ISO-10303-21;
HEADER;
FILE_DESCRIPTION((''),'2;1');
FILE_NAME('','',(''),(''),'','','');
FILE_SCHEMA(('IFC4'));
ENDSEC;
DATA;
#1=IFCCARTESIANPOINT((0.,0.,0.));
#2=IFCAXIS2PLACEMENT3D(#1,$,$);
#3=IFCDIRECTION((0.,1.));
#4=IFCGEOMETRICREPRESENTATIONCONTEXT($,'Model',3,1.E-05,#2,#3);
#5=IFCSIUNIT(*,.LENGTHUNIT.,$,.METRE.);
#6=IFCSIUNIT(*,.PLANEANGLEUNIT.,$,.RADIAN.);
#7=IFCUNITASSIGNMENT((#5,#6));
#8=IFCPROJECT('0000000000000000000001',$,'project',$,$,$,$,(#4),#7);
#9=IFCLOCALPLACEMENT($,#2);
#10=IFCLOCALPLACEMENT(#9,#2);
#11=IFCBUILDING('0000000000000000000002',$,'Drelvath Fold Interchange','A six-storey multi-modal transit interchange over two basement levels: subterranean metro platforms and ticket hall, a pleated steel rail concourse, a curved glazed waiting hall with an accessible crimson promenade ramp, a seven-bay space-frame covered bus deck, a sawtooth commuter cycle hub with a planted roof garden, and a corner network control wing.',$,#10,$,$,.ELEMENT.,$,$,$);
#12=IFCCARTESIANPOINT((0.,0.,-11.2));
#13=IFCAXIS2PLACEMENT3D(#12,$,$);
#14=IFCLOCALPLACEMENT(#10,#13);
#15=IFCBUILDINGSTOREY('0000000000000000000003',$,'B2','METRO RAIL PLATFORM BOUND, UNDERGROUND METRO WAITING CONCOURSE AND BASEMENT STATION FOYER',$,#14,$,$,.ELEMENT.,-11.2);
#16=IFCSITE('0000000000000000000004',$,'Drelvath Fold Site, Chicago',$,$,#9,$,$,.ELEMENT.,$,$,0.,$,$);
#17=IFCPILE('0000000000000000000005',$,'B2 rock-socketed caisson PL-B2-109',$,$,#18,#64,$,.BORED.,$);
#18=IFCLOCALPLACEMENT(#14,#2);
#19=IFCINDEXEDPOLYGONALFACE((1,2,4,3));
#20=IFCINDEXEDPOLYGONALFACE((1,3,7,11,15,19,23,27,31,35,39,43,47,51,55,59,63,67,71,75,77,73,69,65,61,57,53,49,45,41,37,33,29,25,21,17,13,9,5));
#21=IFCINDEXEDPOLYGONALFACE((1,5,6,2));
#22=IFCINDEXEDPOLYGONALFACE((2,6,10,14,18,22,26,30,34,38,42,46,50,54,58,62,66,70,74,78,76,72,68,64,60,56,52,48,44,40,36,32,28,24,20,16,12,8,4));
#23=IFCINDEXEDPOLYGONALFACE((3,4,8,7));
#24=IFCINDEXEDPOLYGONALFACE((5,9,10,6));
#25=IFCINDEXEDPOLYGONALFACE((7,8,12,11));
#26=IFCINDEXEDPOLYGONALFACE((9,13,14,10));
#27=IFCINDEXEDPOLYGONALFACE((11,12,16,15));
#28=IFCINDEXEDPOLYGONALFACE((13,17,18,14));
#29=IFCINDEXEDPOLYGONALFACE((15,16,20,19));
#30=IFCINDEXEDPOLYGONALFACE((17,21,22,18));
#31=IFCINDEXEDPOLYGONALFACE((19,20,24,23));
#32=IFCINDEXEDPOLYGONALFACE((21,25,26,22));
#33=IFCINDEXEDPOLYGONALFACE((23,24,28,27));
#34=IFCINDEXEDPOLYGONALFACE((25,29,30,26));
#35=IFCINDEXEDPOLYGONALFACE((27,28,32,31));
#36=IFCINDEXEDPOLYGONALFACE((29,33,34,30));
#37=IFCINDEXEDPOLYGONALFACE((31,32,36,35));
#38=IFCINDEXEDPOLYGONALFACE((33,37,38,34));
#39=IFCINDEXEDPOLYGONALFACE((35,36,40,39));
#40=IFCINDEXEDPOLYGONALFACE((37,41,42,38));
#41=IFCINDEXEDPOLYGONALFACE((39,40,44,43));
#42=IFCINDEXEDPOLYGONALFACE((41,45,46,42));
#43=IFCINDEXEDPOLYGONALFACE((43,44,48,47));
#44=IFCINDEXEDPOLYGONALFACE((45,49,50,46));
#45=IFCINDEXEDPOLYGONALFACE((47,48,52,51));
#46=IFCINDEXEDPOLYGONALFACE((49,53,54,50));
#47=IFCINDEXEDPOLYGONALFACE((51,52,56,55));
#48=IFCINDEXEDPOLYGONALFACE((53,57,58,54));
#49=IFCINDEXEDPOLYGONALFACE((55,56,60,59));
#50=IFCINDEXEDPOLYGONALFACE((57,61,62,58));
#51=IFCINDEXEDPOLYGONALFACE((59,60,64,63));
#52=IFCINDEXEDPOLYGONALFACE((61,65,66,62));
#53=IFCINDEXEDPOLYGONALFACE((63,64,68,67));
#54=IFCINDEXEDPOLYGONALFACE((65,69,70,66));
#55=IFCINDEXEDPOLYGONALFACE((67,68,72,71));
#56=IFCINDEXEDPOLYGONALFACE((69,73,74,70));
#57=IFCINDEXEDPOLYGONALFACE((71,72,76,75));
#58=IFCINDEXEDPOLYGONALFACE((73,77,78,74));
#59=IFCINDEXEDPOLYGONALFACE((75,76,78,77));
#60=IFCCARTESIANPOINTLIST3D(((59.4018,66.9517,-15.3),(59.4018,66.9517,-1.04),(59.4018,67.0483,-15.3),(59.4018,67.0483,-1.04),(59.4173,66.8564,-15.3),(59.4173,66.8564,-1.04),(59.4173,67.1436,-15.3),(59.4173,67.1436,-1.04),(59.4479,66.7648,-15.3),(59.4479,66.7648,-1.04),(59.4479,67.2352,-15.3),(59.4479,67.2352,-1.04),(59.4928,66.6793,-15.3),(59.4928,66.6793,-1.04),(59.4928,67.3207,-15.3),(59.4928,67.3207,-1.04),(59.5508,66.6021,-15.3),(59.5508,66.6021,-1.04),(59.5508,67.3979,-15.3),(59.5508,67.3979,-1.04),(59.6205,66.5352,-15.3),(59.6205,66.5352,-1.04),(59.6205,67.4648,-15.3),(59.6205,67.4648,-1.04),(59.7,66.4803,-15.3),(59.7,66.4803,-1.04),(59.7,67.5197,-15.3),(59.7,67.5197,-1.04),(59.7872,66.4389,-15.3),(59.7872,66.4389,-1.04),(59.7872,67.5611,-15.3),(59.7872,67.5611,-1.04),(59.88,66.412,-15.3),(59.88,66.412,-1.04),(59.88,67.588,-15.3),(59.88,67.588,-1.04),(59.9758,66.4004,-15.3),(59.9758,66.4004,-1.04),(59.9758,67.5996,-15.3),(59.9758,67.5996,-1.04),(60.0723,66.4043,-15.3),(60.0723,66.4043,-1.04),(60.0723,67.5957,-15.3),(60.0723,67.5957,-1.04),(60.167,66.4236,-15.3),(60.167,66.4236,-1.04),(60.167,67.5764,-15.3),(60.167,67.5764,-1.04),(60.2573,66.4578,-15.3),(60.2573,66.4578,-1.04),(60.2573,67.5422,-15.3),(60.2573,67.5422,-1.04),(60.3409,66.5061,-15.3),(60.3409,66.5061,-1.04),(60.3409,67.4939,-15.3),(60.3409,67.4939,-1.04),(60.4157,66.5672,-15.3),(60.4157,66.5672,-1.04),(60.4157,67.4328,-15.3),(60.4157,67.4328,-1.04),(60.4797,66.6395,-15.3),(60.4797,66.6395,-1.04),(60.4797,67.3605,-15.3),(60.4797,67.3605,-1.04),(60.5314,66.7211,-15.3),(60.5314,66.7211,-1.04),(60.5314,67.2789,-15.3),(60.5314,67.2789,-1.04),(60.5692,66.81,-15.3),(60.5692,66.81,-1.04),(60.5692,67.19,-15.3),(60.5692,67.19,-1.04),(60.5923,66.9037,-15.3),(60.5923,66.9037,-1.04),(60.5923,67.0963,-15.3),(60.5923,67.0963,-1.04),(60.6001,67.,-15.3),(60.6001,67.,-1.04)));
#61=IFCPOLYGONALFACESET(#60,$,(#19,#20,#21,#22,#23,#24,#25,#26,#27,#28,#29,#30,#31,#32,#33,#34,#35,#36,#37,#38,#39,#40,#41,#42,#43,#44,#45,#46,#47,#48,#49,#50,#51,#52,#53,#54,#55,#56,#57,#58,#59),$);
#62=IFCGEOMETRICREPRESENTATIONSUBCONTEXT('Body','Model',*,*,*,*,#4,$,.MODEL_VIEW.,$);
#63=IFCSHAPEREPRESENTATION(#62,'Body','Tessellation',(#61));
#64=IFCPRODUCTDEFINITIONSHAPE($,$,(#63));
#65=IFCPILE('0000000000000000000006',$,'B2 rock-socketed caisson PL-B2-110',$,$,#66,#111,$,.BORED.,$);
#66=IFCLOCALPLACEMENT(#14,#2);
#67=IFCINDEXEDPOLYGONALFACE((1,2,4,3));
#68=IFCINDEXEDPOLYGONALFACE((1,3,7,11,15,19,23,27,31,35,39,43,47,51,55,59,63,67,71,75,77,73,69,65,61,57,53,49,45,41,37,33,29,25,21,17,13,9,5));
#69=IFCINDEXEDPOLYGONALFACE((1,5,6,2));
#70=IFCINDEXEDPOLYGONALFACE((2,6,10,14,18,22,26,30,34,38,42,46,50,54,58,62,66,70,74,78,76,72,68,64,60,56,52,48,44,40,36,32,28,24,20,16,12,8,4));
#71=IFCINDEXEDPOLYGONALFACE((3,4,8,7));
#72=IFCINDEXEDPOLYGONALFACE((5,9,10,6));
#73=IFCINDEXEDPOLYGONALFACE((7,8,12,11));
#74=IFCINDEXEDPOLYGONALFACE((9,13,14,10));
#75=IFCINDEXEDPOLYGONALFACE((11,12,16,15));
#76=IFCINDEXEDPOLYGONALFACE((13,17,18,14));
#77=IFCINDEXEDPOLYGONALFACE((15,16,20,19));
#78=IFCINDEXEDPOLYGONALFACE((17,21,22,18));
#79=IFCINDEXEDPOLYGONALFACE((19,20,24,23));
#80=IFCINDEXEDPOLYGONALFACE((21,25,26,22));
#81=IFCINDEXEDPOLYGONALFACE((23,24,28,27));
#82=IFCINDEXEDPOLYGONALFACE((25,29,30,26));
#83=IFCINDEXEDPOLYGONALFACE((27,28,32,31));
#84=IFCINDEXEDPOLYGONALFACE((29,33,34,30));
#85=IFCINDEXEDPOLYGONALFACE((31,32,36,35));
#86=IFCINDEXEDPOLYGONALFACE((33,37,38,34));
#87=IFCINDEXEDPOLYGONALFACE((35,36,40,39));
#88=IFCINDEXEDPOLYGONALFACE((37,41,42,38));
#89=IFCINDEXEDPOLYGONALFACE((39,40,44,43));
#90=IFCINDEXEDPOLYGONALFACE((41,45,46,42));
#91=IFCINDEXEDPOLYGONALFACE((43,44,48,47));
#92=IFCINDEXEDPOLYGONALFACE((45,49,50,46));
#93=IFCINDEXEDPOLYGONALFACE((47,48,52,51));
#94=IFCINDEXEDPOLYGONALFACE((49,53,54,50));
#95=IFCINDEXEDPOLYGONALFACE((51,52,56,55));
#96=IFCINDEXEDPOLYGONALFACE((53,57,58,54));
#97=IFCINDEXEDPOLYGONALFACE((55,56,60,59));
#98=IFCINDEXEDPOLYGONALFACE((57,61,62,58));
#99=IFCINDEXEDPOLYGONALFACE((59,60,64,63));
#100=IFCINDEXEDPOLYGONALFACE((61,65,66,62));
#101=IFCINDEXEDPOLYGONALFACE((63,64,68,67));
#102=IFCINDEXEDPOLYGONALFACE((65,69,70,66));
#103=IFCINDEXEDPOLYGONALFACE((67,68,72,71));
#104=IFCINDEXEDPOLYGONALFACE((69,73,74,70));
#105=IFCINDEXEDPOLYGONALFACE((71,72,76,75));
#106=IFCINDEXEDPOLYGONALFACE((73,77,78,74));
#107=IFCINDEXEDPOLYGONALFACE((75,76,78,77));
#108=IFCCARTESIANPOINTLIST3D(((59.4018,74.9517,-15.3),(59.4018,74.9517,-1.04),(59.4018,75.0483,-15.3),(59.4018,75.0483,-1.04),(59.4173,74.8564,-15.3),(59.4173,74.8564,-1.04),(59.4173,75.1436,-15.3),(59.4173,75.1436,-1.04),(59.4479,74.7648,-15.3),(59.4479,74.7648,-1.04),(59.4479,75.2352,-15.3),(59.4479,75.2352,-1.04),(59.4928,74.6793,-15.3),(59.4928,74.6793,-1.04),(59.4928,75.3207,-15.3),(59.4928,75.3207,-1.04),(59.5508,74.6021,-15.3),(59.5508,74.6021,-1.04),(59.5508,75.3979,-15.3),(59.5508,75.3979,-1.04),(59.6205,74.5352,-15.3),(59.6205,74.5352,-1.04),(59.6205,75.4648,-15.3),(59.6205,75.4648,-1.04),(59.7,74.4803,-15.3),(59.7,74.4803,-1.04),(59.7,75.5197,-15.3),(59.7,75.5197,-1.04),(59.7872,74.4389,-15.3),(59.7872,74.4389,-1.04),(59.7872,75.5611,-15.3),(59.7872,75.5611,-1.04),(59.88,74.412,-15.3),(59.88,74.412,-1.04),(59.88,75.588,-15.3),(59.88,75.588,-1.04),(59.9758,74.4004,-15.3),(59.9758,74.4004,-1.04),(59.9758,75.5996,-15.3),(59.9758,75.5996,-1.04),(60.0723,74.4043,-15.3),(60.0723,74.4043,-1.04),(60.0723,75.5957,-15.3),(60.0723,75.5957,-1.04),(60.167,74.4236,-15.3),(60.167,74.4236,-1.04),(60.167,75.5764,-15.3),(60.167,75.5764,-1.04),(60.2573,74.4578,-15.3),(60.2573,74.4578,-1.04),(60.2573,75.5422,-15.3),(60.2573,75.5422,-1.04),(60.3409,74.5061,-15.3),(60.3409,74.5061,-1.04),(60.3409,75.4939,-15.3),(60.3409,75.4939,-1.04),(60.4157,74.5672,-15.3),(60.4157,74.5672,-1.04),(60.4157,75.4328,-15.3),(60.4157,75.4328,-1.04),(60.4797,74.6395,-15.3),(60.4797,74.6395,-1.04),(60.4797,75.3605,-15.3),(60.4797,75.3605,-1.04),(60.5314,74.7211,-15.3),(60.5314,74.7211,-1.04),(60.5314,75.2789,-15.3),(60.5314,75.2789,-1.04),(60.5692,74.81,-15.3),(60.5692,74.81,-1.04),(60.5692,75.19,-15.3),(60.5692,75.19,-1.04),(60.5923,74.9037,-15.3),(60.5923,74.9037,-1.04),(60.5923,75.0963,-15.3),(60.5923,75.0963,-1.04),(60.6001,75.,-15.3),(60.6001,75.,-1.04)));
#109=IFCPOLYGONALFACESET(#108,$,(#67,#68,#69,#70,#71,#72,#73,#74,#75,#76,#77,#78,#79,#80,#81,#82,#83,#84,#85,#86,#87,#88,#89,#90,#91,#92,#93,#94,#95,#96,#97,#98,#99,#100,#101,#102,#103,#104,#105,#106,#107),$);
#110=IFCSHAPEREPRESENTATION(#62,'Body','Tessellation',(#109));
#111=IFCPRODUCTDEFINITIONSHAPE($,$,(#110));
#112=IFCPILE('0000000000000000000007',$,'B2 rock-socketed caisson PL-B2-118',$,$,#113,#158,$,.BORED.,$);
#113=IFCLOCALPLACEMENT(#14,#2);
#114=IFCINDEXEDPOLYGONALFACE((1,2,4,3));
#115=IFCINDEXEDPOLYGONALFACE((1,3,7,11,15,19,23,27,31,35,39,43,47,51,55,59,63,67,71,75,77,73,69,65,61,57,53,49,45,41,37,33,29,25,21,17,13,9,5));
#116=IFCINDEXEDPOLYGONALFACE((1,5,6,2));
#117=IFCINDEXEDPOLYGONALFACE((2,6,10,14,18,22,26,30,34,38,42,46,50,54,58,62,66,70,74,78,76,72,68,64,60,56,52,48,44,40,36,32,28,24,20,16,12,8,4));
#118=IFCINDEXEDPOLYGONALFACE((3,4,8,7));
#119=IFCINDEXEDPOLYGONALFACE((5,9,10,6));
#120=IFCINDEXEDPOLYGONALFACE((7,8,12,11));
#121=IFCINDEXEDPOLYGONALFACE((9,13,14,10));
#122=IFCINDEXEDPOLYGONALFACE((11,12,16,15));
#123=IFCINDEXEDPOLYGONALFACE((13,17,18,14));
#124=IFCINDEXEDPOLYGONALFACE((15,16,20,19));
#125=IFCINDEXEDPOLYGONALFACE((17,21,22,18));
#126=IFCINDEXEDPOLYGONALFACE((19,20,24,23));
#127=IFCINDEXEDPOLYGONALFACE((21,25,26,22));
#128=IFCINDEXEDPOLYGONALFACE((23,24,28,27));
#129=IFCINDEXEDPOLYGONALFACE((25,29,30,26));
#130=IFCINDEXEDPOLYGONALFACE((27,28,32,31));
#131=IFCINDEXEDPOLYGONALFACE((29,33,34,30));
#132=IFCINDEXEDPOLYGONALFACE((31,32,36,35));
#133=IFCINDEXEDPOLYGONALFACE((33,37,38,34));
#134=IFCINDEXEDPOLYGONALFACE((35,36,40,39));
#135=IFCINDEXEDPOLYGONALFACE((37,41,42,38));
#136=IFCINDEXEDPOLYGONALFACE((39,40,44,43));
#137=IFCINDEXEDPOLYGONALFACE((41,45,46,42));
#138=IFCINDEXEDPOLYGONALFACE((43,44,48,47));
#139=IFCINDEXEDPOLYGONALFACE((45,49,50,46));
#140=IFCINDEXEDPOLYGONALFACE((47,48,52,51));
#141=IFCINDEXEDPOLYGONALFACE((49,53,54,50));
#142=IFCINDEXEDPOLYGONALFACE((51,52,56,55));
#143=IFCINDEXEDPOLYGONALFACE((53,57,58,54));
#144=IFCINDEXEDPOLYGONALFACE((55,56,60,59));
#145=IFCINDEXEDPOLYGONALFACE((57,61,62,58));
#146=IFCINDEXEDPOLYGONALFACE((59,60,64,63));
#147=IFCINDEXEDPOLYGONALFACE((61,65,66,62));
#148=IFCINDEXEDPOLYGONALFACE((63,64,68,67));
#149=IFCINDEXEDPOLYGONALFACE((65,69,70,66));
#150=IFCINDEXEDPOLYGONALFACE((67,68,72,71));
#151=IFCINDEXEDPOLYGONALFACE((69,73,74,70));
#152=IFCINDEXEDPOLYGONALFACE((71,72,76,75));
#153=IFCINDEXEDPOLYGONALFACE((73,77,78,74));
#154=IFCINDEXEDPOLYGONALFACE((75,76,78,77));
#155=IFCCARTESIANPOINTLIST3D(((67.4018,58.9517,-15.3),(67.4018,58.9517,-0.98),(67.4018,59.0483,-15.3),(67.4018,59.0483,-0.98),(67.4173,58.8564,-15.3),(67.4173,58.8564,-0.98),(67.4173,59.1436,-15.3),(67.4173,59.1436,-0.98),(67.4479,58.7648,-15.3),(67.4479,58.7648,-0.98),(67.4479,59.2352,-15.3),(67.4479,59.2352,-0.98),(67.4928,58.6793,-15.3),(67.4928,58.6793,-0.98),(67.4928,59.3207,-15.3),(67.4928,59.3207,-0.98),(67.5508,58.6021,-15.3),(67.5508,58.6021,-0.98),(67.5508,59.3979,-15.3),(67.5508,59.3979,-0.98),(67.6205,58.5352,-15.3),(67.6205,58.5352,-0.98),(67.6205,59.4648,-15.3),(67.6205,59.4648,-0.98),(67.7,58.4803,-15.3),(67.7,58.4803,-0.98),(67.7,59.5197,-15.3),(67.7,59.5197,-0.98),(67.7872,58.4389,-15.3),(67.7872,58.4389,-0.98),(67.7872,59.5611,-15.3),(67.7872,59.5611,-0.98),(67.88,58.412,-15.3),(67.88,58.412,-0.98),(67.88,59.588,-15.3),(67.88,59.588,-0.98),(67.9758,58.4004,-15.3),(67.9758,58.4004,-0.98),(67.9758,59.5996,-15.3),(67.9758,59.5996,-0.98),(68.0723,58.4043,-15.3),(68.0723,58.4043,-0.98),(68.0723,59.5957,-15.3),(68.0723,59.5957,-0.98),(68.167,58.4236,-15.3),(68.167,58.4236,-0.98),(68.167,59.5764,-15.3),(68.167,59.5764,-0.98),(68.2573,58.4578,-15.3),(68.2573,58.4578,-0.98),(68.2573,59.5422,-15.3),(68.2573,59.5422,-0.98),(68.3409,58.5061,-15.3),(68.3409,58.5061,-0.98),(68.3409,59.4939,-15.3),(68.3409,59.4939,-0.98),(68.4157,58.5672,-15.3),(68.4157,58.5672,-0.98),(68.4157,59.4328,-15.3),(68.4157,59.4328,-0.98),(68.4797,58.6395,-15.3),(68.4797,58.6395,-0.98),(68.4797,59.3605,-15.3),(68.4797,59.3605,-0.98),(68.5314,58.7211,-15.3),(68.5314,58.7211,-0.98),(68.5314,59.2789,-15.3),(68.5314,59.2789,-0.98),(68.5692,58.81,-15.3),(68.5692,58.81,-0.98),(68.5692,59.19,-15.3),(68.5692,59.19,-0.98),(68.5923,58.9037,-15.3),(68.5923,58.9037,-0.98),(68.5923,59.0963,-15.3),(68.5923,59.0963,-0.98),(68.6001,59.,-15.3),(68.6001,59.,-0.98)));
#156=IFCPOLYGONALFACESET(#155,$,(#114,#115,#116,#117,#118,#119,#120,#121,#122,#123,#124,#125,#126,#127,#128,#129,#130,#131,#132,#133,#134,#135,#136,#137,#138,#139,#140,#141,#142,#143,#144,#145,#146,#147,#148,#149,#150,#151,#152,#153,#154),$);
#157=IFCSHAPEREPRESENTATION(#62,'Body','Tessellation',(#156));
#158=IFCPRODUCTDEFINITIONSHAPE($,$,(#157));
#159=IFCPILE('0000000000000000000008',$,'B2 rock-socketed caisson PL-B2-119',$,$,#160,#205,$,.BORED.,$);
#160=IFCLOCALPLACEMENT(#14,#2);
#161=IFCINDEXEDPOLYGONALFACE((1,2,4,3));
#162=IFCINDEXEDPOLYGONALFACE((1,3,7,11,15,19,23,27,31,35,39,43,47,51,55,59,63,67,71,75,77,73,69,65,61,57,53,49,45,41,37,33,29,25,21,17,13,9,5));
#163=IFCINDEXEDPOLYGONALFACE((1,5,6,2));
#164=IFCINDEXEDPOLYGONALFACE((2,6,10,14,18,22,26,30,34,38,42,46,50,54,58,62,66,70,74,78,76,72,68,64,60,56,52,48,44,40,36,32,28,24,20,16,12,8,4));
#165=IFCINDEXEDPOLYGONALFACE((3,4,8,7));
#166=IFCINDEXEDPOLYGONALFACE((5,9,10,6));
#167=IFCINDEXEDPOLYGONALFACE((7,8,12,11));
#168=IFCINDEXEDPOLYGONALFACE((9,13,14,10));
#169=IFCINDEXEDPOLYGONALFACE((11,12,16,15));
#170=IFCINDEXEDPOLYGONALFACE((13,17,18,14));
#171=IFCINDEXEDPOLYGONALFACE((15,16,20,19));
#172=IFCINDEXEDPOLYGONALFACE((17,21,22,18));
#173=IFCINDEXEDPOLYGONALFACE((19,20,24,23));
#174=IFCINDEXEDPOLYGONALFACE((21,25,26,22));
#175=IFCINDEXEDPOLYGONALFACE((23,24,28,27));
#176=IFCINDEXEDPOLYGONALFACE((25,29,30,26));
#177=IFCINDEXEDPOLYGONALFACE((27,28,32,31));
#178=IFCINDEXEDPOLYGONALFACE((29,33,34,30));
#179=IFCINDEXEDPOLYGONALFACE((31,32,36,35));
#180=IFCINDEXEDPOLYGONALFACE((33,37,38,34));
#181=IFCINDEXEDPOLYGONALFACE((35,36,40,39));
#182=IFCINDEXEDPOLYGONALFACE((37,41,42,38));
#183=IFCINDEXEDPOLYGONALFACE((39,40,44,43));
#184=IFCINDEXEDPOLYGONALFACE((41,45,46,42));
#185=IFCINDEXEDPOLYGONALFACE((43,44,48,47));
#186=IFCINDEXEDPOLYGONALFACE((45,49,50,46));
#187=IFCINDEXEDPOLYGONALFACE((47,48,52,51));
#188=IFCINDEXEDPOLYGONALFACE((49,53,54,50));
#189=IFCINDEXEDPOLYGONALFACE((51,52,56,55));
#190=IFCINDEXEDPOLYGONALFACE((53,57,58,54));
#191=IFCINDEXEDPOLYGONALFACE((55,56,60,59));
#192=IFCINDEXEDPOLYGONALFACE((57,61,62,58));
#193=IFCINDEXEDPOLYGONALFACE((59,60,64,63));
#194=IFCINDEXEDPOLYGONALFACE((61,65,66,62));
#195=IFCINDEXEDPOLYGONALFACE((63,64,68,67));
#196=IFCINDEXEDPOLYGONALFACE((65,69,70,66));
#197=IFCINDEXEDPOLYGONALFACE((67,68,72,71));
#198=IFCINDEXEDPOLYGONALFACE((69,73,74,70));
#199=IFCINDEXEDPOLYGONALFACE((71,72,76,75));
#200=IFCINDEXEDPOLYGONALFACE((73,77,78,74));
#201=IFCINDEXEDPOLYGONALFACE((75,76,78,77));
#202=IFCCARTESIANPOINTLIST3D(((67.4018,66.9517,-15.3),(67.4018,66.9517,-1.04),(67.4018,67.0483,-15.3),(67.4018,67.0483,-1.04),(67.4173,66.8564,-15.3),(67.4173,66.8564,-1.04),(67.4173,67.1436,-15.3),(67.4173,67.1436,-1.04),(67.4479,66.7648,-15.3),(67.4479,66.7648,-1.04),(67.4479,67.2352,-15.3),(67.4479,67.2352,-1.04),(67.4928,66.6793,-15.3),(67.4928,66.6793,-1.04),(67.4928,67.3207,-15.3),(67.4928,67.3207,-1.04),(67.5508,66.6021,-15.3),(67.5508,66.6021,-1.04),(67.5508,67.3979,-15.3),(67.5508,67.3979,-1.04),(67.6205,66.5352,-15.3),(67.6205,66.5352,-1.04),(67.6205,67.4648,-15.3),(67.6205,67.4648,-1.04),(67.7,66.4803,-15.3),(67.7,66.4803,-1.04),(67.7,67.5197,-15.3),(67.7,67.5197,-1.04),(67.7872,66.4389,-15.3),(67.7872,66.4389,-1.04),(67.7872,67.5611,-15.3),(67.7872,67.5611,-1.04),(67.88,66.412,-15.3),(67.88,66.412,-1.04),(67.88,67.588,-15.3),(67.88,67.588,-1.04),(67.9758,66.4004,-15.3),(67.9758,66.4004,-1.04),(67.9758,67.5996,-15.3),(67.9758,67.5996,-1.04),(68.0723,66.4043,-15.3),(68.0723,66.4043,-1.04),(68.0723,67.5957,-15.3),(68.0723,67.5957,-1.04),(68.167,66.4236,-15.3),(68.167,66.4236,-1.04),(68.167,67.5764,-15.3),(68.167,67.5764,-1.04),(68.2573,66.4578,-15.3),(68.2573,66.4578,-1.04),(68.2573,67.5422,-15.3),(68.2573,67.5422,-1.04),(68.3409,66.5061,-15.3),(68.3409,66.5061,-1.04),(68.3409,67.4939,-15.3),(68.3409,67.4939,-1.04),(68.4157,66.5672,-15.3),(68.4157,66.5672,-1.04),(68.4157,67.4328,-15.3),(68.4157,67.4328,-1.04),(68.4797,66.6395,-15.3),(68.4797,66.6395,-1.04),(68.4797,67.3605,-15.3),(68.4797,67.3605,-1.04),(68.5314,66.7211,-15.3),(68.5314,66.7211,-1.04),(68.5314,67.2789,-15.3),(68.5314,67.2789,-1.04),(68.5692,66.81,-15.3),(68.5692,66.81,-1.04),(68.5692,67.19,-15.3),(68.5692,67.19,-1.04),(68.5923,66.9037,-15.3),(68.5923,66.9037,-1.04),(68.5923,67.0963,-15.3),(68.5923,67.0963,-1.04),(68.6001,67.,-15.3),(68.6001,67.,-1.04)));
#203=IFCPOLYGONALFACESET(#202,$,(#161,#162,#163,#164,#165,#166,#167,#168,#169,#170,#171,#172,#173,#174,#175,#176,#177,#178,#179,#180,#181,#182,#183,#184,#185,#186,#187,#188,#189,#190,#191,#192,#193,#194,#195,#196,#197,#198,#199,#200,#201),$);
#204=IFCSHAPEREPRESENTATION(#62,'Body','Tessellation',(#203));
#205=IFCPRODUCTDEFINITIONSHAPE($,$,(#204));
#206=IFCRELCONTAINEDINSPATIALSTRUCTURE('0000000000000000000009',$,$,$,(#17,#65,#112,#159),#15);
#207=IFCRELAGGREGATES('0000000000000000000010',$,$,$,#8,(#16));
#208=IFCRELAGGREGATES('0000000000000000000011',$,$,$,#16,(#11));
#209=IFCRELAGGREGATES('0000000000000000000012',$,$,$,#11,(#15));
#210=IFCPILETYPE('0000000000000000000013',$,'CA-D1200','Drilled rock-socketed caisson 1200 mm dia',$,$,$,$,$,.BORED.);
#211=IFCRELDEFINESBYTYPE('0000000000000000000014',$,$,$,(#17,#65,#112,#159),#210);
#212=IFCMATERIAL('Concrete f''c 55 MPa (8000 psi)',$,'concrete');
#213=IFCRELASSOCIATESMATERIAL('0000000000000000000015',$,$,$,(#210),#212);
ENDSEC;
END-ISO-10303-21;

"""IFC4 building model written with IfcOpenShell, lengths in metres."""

from ifc_helpers import new_model, si_unit, direction, frame, origin, origin_2d, place, context, subcontext, project, spatial, circle, extrude, material, material_profile, profile_set, type_object, element, save


model = new_model("IFC4")

# Units and contexts
model_context = context("Model", 3, precision=1e-05, world=origin(), true_north=direction((0.0, 1.0)))
body_context = subcontext(model_context, "Body", "Model", "MODEL_VIEW")
ifc_project = project(units=[si_unit("LENGTHUNIT", "METRE"), si_unit("PLANEANGLEUNIT", "RADIAN")], contexts=[model_context])

# Site, building, storey
site_placement = place(None, origin())
site = spatial("IfcSite", under=ifc_project, at=site_placement, Name="Drelvath Fold Site, Chicago", CompositionType="ELEMENT", RefElevation=0.0)
building_placement = place(site_placement, origin())
building = spatial("IfcBuilding", under=site, at=building_placement, Name="Drelvath Fold Interchange", Description="A six-storey multi-modal transit interchange over two basement levels: subterranean metro platforms and ticket hall, a pleated steel rail concourse, a curved glazed waiting hall with an accessible crimson promenade ramp, a seven-bay space-frame covered bus deck, a sawtooth commuter cycle hub with a planted roof garden, and a corner network control wing.", CompositionType="ELEMENT")
storey_placement = place(building_placement, frame((0.0, 0.0, -11.2)))
storey = spatial("IfcBuildingStorey", under=building, at=storey_placement, Name="B2", Description="METRO RAIL PLATFORM BOUND, UNDERGROUND METRO WAITING CONCOURSE AND BASEMENT STATION FOYER", CompositionType="ELEMENT", Elevation=-11.2)

# Piles
ifc_material_1 = material(Name="Concrete f'c 55 MPa (8000 psi)", Category="concrete")
ifc_material_profile_1 = material_profile(ifc_material_1, circle(Radius=0.6001, at=origin_2d()), Name="CAISSON D1200")
ifc_profile_set_1 = profile_set([ifc_material_profile_1], Name="Concrete f'c 55 MPa (8000 psi)")
pile_type = type_object("IfcPileType", Name="CA-D1200", Description="Drilled rock-socketed caisson 1200 mm dia", PredefinedType="BORED", material=ifc_profile_set_1)
for number, where, z_axis, x_axis, name in (
    (1, (60.0, 67.0, -1.04), (0.0, 0.0, -1.0), (1.0, 0.0, 0.0), "B2 rock-socketed caisson PL-B2-109"),
    (2, (60.0, 75.0, -1.04), (0.0, 0.0, -1.0), (1.0, 0.0, 0.0), "B2 rock-socketed caisson PL-B2-110"),
):
    element("IfcPile", number, at=place(storey_placement, frame(where, z_axis=z_axis, x_axis=x_axis)), inside=storey, type_object=pile_type, Name=name, PredefinedType="BORED", context=body_context, shape_type="SweptSolid", body=[
        extrude(circle(Radius=0.6001, at=origin_2d()), origin(), (0.0, 0.0, 1.0), 14.26),
    ])
pile_1_placement = place(storey_placement, frame((68.0, 59.0, -0.98), z_axis=(0.0, 0.0, -1.0), x_axis=(1.0, 0.0, 0.0)))
element("IfcPile", 3, at=pile_1_placement, inside=storey, type_object=pile_type, Name="B2 rock-socketed caisson PL-B2-118", PredefinedType="BORED", context=body_context, shape_type="SweptSolid", body=[
    extrude(circle(Radius=0.6001, at=origin_2d()), origin(), (0.0, 0.0, 1.0), 14.3201),
])
for number, where, z_axis, x_axis, name in (
    (4, (68.0, 67.0, -1.04), (0.0, 0.0, -1.0), (1.0, 0.0, 0.0), "B2 rock-socketed caisson PL-B2-119"),
):
    element("IfcPile", number, at=place(storey_placement, frame(where, z_axis=z_axis, x_axis=x_axis)), inside=storey, type_object=pile_type, Name=name, PredefinedType="BORED", context=body_context, shape_type="SweptSolid", body=[
        extrude(circle(Radius=0.6001, at=origin_2d()), origin(), (0.0, 0.0, 1.0), 14.26),
    ])

save(model, "model.ifc")
